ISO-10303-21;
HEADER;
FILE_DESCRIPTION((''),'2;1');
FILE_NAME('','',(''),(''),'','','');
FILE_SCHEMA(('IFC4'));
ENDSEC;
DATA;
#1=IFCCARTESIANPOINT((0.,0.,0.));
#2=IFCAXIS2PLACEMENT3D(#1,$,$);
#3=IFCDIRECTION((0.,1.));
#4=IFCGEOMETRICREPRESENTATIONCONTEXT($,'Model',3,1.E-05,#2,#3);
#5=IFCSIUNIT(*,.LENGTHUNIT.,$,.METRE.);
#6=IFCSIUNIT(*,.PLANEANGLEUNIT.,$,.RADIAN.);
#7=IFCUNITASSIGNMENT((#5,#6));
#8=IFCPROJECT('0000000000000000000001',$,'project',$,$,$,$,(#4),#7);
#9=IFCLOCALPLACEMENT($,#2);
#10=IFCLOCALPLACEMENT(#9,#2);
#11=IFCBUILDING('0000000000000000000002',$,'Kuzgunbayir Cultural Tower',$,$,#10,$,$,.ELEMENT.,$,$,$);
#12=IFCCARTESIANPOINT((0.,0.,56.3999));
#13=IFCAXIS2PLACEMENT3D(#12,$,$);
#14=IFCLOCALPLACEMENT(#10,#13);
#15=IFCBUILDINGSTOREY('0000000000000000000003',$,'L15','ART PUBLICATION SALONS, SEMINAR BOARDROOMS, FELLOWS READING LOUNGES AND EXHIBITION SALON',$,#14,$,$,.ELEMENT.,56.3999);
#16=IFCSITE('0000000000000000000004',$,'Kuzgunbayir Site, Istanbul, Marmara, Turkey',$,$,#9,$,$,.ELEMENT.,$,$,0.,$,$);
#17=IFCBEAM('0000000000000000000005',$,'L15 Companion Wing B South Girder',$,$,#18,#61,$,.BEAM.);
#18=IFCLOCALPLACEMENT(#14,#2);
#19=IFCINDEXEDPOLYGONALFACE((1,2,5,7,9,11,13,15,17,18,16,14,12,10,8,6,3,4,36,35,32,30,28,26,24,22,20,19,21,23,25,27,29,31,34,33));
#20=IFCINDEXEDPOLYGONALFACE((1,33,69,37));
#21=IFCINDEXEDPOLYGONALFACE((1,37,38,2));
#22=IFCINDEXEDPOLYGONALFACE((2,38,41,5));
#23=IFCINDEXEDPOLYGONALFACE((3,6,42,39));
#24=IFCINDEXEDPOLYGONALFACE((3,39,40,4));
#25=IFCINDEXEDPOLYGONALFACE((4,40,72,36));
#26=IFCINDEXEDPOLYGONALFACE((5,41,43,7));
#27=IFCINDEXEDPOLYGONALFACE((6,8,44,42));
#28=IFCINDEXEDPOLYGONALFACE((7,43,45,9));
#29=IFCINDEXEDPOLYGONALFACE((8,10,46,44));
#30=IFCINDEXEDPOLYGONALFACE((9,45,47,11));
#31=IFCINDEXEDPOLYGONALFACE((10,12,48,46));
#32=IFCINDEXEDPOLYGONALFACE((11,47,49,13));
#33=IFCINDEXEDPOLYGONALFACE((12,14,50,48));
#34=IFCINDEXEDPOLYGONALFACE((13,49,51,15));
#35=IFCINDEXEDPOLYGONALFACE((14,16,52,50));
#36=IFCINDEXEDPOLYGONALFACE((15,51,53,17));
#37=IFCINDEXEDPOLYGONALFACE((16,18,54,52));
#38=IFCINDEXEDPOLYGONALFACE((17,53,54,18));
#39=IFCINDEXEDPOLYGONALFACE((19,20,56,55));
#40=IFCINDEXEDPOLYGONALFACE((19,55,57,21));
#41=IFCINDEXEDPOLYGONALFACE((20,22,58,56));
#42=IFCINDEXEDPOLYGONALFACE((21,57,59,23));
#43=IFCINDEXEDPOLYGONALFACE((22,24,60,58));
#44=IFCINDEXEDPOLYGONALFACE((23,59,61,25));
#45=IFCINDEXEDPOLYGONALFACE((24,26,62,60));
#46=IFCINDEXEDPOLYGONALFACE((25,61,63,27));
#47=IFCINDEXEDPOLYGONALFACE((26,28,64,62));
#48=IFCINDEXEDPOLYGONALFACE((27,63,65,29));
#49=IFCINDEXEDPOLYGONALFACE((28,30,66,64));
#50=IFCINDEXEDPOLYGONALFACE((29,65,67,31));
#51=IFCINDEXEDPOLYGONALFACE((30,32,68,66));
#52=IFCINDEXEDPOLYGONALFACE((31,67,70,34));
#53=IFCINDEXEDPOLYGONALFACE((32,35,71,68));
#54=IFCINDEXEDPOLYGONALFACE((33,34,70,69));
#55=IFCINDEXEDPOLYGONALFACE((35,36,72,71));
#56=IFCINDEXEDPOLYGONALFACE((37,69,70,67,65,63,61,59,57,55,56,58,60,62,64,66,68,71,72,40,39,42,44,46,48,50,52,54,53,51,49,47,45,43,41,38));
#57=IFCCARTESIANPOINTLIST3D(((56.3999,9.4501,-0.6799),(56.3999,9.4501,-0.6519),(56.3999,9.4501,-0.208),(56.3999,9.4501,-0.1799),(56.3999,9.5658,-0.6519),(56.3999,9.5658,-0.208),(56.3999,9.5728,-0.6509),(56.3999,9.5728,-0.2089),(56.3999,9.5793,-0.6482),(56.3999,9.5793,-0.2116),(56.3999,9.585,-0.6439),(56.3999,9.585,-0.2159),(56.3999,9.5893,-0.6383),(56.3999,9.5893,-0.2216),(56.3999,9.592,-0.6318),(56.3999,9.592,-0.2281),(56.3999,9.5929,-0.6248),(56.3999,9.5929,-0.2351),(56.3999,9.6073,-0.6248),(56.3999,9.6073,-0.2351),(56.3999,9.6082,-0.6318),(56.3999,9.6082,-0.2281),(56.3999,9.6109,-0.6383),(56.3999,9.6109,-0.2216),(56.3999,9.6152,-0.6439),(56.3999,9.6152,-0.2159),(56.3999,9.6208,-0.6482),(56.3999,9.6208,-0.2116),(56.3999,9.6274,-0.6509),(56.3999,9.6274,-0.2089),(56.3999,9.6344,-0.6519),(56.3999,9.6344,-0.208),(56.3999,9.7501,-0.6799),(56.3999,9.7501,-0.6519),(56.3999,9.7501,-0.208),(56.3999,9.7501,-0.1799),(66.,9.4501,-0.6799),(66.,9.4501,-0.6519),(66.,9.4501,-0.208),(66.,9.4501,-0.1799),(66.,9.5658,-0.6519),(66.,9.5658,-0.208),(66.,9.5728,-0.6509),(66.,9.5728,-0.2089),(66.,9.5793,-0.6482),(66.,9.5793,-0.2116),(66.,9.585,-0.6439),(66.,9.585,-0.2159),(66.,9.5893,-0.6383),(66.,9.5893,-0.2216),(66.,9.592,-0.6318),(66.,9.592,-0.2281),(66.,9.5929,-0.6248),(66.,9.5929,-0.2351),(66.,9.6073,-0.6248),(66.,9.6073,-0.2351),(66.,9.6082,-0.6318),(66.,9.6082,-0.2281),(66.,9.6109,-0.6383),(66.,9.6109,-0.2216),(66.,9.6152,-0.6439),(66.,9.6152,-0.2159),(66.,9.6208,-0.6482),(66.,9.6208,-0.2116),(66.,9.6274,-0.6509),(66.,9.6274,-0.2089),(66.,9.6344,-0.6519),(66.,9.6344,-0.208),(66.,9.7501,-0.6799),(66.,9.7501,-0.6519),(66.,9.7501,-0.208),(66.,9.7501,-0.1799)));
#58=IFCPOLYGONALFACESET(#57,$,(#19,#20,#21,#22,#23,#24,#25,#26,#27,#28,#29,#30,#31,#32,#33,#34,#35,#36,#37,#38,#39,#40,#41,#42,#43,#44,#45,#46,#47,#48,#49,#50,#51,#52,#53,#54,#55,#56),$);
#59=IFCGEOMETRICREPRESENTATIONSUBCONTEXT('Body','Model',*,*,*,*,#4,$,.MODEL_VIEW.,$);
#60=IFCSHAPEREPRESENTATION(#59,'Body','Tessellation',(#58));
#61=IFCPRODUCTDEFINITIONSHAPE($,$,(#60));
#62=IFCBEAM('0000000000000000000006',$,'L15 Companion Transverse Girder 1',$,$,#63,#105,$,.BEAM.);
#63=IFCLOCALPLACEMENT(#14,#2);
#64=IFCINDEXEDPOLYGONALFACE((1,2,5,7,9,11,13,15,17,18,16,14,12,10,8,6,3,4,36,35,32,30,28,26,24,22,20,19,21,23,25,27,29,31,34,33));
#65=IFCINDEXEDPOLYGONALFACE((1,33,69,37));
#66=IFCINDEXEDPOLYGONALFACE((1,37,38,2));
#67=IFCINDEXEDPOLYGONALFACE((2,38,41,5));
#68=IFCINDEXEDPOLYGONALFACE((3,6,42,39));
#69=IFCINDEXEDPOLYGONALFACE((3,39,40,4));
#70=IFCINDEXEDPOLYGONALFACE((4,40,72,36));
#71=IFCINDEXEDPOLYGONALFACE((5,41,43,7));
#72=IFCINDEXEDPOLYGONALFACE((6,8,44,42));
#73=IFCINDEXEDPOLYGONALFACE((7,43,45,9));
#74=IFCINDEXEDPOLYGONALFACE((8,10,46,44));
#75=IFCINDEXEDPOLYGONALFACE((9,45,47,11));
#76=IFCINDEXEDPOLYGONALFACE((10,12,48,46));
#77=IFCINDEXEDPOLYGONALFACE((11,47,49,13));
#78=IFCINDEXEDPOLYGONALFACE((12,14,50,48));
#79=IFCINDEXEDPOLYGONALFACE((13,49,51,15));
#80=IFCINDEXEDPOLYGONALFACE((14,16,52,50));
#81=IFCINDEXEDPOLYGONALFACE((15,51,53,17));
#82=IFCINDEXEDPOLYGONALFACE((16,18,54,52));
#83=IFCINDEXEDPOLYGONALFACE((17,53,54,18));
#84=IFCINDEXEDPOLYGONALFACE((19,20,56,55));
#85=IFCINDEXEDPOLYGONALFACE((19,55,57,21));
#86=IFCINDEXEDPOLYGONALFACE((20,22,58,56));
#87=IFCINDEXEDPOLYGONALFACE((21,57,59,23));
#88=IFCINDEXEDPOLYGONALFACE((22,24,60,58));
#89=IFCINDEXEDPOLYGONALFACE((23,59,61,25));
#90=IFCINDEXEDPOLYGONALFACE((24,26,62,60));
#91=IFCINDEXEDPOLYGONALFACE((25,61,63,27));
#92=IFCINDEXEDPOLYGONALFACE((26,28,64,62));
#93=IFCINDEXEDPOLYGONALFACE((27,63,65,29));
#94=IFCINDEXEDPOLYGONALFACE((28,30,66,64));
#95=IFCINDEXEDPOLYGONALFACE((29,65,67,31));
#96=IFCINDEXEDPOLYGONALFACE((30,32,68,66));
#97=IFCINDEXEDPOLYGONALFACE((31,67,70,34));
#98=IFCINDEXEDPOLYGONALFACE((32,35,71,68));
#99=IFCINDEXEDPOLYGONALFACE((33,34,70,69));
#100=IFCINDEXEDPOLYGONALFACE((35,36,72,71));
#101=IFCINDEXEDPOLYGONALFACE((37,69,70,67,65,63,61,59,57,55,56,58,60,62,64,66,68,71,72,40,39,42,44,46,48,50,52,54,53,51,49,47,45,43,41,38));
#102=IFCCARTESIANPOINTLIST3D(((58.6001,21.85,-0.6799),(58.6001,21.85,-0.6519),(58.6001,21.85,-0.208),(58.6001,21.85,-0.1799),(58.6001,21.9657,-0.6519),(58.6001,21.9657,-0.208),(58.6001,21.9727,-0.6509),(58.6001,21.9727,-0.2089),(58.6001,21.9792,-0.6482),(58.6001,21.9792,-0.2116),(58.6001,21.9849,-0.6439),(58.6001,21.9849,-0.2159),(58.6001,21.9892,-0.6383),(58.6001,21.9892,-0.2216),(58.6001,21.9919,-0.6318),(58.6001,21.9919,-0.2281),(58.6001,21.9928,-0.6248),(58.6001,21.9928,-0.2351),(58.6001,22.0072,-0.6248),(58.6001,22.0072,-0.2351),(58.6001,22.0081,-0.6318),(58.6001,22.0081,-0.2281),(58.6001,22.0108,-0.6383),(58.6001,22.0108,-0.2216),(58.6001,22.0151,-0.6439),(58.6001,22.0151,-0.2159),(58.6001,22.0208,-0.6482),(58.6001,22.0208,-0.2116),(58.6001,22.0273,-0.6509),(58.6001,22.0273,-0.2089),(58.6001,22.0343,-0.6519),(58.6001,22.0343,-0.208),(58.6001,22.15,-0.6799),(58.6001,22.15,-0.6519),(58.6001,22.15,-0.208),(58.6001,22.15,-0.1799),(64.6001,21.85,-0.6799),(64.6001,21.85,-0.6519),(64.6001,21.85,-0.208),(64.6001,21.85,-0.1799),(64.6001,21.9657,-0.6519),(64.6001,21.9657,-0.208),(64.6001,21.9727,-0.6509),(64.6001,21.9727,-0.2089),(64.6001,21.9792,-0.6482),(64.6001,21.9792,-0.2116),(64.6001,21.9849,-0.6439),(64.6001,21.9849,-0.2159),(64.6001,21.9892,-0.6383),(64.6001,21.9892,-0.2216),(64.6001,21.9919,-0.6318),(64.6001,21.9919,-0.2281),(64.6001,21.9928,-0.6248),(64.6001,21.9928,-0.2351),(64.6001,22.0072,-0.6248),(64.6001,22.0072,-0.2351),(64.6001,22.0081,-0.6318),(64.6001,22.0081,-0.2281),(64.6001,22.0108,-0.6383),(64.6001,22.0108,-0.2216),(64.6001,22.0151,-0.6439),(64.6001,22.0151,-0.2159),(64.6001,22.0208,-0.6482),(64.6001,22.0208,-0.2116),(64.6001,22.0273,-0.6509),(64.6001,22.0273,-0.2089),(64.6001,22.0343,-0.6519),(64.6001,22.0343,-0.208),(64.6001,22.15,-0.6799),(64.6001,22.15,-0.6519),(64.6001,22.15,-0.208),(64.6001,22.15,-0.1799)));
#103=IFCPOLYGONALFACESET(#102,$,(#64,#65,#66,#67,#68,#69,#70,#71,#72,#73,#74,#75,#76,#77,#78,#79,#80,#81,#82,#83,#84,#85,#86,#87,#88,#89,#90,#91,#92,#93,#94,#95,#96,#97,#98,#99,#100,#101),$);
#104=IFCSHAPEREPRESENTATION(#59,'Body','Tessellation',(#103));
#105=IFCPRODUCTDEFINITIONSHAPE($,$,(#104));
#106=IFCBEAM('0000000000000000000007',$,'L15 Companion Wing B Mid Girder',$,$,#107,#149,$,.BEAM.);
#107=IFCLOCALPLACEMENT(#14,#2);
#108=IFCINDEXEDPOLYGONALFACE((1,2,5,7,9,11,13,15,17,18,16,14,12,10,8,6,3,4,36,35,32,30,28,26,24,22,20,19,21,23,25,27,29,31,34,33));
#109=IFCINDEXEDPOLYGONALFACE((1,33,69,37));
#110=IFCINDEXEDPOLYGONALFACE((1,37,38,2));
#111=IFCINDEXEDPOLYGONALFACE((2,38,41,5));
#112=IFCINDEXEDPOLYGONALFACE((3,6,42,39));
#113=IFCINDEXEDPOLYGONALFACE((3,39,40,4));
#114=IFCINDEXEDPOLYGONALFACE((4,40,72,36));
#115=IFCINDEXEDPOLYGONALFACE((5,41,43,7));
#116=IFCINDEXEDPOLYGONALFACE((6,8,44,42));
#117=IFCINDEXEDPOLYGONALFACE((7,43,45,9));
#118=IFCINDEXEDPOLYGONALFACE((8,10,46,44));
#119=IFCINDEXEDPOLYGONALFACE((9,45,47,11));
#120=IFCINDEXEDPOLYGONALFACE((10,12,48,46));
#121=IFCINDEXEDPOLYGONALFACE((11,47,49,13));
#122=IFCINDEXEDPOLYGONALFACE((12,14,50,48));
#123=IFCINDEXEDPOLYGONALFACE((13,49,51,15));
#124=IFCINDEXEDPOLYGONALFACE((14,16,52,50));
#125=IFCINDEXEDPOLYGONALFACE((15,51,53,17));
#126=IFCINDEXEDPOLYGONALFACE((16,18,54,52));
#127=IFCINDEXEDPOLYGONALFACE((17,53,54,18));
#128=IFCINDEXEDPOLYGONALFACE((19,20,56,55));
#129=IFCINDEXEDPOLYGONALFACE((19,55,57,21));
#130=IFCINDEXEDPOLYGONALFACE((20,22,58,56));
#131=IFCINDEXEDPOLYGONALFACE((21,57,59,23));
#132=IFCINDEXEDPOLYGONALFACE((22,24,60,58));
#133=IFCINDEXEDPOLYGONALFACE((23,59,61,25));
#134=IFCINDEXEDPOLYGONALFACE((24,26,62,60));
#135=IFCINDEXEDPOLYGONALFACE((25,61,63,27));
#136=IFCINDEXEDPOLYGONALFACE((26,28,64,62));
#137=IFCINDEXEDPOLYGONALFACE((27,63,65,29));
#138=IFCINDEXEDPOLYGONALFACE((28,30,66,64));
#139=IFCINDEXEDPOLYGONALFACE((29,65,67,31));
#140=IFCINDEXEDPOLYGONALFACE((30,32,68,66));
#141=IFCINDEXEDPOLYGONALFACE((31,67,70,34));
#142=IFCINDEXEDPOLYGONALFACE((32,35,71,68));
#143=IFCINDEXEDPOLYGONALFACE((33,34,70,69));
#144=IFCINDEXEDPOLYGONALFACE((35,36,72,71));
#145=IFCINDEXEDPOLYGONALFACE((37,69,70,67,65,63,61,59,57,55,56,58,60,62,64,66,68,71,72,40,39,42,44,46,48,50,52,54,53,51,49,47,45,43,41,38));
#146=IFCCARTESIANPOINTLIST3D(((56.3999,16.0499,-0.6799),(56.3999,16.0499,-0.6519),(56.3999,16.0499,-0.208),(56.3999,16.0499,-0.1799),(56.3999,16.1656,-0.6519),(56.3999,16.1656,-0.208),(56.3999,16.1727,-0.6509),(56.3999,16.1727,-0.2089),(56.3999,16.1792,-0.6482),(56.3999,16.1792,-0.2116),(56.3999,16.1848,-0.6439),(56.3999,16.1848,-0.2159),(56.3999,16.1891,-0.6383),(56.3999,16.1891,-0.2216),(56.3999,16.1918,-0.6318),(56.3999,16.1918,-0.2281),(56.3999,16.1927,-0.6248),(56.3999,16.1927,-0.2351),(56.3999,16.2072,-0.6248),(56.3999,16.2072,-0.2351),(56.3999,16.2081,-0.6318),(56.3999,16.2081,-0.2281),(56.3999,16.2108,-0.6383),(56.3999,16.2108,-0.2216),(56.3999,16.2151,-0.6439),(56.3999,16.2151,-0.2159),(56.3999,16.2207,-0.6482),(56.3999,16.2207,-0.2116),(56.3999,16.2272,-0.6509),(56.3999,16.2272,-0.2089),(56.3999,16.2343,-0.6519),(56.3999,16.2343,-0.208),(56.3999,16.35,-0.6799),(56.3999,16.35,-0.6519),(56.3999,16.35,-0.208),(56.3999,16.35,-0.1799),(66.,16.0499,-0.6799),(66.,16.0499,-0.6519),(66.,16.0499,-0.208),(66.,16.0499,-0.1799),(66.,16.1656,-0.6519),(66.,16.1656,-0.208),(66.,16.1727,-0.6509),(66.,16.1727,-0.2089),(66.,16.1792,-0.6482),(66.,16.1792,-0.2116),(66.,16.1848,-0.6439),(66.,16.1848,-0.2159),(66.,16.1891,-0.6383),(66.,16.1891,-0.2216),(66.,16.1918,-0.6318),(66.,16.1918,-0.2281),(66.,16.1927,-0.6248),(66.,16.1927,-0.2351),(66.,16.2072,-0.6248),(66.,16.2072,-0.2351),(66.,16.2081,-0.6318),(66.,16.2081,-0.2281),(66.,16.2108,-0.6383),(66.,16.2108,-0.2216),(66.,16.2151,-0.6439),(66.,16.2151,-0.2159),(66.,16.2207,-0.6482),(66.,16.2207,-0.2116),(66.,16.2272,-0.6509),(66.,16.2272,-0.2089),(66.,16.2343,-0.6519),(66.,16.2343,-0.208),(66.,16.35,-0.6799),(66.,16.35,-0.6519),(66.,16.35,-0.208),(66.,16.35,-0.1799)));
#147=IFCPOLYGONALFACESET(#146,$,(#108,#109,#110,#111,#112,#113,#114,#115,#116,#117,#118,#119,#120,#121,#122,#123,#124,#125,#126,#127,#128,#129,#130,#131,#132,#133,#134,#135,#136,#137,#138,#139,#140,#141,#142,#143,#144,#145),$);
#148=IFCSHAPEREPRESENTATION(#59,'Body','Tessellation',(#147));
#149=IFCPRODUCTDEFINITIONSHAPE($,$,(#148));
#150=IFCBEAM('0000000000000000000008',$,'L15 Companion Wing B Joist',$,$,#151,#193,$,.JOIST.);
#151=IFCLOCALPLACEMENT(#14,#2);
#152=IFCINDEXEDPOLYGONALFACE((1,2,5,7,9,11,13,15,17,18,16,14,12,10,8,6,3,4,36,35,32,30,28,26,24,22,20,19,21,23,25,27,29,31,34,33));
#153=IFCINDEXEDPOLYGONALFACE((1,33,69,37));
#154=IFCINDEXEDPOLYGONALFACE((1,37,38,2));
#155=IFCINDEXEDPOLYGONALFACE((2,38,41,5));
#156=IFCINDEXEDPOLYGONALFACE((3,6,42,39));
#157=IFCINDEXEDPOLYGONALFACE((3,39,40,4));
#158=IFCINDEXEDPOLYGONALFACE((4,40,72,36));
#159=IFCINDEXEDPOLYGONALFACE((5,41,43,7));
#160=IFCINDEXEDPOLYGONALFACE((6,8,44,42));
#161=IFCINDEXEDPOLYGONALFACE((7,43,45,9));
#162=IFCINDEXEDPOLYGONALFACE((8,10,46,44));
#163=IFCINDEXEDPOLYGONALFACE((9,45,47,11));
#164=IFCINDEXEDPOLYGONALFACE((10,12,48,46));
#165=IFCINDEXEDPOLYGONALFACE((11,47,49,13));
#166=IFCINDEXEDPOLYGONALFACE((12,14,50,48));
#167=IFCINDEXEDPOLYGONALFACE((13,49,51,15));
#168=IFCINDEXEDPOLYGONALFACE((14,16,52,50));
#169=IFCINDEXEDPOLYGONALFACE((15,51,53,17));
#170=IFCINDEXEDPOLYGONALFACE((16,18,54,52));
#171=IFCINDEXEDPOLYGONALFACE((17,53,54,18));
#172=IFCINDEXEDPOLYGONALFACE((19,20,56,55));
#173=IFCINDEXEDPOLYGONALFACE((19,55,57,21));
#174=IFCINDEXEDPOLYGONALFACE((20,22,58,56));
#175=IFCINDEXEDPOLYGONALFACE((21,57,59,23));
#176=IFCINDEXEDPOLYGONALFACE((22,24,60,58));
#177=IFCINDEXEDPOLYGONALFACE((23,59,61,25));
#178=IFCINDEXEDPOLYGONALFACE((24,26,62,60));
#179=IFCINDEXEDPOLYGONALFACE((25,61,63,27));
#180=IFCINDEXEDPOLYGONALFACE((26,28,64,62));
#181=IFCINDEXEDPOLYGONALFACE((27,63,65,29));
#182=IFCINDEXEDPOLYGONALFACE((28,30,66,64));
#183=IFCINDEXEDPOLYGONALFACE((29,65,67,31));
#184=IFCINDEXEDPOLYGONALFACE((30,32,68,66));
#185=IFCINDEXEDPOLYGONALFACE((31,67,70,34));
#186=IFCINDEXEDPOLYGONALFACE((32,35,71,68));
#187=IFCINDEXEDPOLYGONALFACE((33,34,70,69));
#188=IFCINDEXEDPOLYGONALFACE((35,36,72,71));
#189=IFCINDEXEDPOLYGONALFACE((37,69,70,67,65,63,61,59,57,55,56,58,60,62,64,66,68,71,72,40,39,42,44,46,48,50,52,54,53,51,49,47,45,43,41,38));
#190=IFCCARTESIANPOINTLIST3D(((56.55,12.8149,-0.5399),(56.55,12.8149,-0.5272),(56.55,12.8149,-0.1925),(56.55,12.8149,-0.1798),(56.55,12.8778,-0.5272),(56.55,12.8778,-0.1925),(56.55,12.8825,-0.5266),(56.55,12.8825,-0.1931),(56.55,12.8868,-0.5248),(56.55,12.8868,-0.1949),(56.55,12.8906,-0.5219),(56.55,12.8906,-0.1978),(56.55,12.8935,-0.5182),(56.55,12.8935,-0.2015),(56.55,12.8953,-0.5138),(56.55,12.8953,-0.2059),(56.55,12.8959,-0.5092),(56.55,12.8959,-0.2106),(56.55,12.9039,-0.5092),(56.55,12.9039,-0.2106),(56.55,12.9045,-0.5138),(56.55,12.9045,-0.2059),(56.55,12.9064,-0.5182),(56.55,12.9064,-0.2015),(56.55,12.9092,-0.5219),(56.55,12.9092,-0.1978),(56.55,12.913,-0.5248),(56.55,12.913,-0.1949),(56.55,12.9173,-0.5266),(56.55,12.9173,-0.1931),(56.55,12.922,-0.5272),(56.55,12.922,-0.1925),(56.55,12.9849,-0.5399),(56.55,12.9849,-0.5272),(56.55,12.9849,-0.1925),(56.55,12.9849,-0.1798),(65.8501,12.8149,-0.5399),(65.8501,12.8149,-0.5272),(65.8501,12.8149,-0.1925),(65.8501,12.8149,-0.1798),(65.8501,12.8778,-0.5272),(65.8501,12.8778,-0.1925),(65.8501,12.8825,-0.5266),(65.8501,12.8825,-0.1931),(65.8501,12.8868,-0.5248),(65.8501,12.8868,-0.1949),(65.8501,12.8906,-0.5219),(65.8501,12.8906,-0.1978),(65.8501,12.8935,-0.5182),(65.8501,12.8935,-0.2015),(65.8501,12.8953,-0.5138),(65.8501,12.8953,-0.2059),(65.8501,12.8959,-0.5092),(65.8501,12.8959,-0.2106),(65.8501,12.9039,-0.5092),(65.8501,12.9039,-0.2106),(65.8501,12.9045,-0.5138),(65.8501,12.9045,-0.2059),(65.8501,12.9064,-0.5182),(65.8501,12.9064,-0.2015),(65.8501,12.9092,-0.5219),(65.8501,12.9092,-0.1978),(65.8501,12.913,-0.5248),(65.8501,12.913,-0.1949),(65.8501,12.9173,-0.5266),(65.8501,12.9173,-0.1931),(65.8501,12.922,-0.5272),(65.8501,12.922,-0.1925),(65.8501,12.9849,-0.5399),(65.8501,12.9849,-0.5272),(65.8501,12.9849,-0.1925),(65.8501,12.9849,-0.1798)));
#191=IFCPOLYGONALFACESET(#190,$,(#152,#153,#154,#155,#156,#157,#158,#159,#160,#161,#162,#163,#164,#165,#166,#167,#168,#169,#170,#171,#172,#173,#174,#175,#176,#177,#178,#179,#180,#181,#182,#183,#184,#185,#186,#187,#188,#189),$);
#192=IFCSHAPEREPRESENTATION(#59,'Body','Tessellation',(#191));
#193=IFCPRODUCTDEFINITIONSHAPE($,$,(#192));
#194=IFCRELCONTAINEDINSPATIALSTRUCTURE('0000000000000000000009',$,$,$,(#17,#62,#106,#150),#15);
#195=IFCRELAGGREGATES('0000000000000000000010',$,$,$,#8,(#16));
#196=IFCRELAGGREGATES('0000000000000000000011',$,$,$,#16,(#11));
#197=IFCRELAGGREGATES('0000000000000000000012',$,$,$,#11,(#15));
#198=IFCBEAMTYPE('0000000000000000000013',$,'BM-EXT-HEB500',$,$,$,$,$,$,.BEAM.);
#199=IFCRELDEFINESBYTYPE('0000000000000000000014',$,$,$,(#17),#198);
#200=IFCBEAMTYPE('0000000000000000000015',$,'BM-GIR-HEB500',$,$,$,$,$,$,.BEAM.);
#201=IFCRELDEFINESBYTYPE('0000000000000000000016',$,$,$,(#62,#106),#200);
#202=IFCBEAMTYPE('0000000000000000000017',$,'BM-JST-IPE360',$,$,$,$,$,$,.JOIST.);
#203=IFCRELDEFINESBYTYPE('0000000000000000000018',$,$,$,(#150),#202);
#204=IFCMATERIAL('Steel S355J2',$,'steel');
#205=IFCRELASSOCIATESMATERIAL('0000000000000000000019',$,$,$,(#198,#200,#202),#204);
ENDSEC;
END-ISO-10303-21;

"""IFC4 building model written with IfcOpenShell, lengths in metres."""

from ifc_helpers import new_model, si_unit, direction, frame, origin, origin_2d, place, context, subcontext, project, spatial, i_section, extrude, material, material_profile, profile_set, type_object, element, save


model = new_model("IFC4")

# Units and contexts
model_context = context("Model", 3, precision=1e-05, world=origin(), true_north=direction((0.0, 1.0)))
body_context = subcontext(model_context, "Body", "Model", "MODEL_VIEW")
ifc_project = project(units=[si_unit("LENGTHUNIT", "METRE"), si_unit("PLANEANGLEUNIT", "RADIAN")], contexts=[model_context])

# Site, building, storey
site_placement = place(None, origin())
site = spatial("IfcSite", under=ifc_project, at=site_placement, Name="Kuzgunbayir Site, Istanbul, Marmara, Turkey", CompositionType="ELEMENT", RefElevation=0.0)
building_placement = place(site_placement, origin())
building = spatial("IfcBuilding", under=site, at=building_placement, Name="Kuzgunbayir Cultural Tower", CompositionType="ELEMENT")
storey_placement = place(building_placement, frame((0.0, 0.0, 56.3999)))
storey = spatial("IfcBuildingStorey", under=building, at=storey_placement, Name="L15", Description="ART PUBLICATION SALONS, SEMINAR BOARDROOMS, FELLOWS READING LOUNGES AND EXHIBITION SALON", CompositionType="ELEMENT", Elevation=56.3999)

# Beams
ifc_material_1 = material(Name="Steel S355J2", Category="steel")
ifc_material_profile_1 = material_profile(ifc_material_1, i_section(OverallWidth=0.3, OverallDepth=0.5, WebThickness=0.0144, FlangeThickness=0.0281, FilletRadius=0.0271, at=origin_2d()), Name="HEB 500")
ifc_profile_set_1 = profile_set([ifc_material_profile_1], Name="Steel S355J2")
beam_type_1 = type_object("IfcBeamType", Name="BM-EXT-HEB500", PredefinedType="BEAM", material=ifc_profile_set_1)
beam_1_placement = place(storey_placement, frame((56.3999, 9.6001, -0.4299), z_axis=(1.0, 0.0, 0.0), x_axis=(0.0, 1.0, 0.0)))
element("IfcBeam", 1, at=beam_1_placement, inside=storey, type_object=beam_type_1, Name="L15 Companion Wing B South Girder", PredefinedType="BEAM", context=body_context, shape_type="SweptSolid", body=[
    extrude(i_section(OverallWidth=0.3, OverallDepth=0.5, WebThickness=0.0144, FlangeThickness=0.0281, FilletRadius=0.0271, at=origin_2d()), origin(), (0.0, 0.0, 1.0), 9.6001),
])
ifc_material_profile_2 = material_profile(ifc_material_1, i_section(OverallWidth=0.3, OverallDepth=0.5, WebThickness=0.0144, FlangeThickness=0.0281, FilletRadius=0.0271, at=origin_2d()), Name="HEB 500")
ifc_profile_set_2 = profile_set([ifc_material_profile_2], Name="Steel S355J2")
beam_type_2 = type_object("IfcBeamType", Name="BM-GIR-HEB500", PredefinedType="BEAM", material=ifc_profile_set_2)
beam_2_placement = place(storey_placement, frame((58.6001, 22.0, -0.4299), z_axis=(1.0, 0.0, 0.0), x_axis=(0.0, 1.0, 0.0)))
element("IfcBeam", 2, at=beam_2_placement, inside=storey, type_object=beam_type_2, Name="L15 Companion Transverse Girder 1", PredefinedType="BEAM", context=body_context, shape_type="SweptSolid", body=[
    extrude(i_section(OverallWidth=0.3, OverallDepth=0.5, WebThickness=0.0144, FlangeThickness=0.0281, FilletRadius=0.0271, at=origin_2d()), origin(), (0.0, 0.0, 1.0), 6.0),
])
beam_3_placement = place(storey_placement, frame((56.3999, 16.2, -0.4299), z_axis=(1.0, 0.0, 0.0), x_axis=(0.0, 1.0, 0.0)))
element("IfcBeam", 3, at=beam_3_placement, inside=storey, type_object=beam_type_2, Name="L15 Companion Wing B Mid Girder", PredefinedType="BEAM", context=body_context, shape_type="SweptSolid", body=[
    extrude(i_section(OverallWidth=0.3, OverallDepth=0.5, WebThickness=0.0144, FlangeThickness=0.0281, FilletRadius=0.0271, at=origin_2d()), origin(), (0.0, 0.0, 1.0), 9.6001),
])
ifc_material_profile_3 = material_profile(ifc_material_1, i_section(OverallWidth=0.1699, OverallDepth=0.3601, WebThickness=0.0081, FlangeThickness=0.0127, FilletRadius=0.0181, at=origin_2d()), Name="IPE 360")
ifc_profile_set_3 = profile_set([ifc_material_profile_3], Name="Steel S355J2")
beam_type_3 = type_object("IfcBeamType", Name="BM-JST-IPE360", PredefinedType="JOIST", material=ifc_profile_set_3)
beam_4_placement = place(storey_placement, frame((56.55, 12.8999, -0.3599), z_axis=(1.0, 0.0, 0.0), x_axis=(0.0, 1.0, 0.0)))
element("IfcBeam", 4, at=beam_4_placement, inside=storey, type_object=beam_type_3, Name="L15 Companion Wing B Joist", PredefinedType="JOIST", context=body_context, shape_type="SweptSolid", body=[
    extrude(i_section(OverallWidth=0.1699, OverallDepth=0.3601, WebThickness=0.0081, FlangeThickness=0.0127, FilletRadius=0.0181, at=origin_2d()), origin(), (0.0, 0.0, 1.0), 9.3),
])

save(model, "model.ifc")
